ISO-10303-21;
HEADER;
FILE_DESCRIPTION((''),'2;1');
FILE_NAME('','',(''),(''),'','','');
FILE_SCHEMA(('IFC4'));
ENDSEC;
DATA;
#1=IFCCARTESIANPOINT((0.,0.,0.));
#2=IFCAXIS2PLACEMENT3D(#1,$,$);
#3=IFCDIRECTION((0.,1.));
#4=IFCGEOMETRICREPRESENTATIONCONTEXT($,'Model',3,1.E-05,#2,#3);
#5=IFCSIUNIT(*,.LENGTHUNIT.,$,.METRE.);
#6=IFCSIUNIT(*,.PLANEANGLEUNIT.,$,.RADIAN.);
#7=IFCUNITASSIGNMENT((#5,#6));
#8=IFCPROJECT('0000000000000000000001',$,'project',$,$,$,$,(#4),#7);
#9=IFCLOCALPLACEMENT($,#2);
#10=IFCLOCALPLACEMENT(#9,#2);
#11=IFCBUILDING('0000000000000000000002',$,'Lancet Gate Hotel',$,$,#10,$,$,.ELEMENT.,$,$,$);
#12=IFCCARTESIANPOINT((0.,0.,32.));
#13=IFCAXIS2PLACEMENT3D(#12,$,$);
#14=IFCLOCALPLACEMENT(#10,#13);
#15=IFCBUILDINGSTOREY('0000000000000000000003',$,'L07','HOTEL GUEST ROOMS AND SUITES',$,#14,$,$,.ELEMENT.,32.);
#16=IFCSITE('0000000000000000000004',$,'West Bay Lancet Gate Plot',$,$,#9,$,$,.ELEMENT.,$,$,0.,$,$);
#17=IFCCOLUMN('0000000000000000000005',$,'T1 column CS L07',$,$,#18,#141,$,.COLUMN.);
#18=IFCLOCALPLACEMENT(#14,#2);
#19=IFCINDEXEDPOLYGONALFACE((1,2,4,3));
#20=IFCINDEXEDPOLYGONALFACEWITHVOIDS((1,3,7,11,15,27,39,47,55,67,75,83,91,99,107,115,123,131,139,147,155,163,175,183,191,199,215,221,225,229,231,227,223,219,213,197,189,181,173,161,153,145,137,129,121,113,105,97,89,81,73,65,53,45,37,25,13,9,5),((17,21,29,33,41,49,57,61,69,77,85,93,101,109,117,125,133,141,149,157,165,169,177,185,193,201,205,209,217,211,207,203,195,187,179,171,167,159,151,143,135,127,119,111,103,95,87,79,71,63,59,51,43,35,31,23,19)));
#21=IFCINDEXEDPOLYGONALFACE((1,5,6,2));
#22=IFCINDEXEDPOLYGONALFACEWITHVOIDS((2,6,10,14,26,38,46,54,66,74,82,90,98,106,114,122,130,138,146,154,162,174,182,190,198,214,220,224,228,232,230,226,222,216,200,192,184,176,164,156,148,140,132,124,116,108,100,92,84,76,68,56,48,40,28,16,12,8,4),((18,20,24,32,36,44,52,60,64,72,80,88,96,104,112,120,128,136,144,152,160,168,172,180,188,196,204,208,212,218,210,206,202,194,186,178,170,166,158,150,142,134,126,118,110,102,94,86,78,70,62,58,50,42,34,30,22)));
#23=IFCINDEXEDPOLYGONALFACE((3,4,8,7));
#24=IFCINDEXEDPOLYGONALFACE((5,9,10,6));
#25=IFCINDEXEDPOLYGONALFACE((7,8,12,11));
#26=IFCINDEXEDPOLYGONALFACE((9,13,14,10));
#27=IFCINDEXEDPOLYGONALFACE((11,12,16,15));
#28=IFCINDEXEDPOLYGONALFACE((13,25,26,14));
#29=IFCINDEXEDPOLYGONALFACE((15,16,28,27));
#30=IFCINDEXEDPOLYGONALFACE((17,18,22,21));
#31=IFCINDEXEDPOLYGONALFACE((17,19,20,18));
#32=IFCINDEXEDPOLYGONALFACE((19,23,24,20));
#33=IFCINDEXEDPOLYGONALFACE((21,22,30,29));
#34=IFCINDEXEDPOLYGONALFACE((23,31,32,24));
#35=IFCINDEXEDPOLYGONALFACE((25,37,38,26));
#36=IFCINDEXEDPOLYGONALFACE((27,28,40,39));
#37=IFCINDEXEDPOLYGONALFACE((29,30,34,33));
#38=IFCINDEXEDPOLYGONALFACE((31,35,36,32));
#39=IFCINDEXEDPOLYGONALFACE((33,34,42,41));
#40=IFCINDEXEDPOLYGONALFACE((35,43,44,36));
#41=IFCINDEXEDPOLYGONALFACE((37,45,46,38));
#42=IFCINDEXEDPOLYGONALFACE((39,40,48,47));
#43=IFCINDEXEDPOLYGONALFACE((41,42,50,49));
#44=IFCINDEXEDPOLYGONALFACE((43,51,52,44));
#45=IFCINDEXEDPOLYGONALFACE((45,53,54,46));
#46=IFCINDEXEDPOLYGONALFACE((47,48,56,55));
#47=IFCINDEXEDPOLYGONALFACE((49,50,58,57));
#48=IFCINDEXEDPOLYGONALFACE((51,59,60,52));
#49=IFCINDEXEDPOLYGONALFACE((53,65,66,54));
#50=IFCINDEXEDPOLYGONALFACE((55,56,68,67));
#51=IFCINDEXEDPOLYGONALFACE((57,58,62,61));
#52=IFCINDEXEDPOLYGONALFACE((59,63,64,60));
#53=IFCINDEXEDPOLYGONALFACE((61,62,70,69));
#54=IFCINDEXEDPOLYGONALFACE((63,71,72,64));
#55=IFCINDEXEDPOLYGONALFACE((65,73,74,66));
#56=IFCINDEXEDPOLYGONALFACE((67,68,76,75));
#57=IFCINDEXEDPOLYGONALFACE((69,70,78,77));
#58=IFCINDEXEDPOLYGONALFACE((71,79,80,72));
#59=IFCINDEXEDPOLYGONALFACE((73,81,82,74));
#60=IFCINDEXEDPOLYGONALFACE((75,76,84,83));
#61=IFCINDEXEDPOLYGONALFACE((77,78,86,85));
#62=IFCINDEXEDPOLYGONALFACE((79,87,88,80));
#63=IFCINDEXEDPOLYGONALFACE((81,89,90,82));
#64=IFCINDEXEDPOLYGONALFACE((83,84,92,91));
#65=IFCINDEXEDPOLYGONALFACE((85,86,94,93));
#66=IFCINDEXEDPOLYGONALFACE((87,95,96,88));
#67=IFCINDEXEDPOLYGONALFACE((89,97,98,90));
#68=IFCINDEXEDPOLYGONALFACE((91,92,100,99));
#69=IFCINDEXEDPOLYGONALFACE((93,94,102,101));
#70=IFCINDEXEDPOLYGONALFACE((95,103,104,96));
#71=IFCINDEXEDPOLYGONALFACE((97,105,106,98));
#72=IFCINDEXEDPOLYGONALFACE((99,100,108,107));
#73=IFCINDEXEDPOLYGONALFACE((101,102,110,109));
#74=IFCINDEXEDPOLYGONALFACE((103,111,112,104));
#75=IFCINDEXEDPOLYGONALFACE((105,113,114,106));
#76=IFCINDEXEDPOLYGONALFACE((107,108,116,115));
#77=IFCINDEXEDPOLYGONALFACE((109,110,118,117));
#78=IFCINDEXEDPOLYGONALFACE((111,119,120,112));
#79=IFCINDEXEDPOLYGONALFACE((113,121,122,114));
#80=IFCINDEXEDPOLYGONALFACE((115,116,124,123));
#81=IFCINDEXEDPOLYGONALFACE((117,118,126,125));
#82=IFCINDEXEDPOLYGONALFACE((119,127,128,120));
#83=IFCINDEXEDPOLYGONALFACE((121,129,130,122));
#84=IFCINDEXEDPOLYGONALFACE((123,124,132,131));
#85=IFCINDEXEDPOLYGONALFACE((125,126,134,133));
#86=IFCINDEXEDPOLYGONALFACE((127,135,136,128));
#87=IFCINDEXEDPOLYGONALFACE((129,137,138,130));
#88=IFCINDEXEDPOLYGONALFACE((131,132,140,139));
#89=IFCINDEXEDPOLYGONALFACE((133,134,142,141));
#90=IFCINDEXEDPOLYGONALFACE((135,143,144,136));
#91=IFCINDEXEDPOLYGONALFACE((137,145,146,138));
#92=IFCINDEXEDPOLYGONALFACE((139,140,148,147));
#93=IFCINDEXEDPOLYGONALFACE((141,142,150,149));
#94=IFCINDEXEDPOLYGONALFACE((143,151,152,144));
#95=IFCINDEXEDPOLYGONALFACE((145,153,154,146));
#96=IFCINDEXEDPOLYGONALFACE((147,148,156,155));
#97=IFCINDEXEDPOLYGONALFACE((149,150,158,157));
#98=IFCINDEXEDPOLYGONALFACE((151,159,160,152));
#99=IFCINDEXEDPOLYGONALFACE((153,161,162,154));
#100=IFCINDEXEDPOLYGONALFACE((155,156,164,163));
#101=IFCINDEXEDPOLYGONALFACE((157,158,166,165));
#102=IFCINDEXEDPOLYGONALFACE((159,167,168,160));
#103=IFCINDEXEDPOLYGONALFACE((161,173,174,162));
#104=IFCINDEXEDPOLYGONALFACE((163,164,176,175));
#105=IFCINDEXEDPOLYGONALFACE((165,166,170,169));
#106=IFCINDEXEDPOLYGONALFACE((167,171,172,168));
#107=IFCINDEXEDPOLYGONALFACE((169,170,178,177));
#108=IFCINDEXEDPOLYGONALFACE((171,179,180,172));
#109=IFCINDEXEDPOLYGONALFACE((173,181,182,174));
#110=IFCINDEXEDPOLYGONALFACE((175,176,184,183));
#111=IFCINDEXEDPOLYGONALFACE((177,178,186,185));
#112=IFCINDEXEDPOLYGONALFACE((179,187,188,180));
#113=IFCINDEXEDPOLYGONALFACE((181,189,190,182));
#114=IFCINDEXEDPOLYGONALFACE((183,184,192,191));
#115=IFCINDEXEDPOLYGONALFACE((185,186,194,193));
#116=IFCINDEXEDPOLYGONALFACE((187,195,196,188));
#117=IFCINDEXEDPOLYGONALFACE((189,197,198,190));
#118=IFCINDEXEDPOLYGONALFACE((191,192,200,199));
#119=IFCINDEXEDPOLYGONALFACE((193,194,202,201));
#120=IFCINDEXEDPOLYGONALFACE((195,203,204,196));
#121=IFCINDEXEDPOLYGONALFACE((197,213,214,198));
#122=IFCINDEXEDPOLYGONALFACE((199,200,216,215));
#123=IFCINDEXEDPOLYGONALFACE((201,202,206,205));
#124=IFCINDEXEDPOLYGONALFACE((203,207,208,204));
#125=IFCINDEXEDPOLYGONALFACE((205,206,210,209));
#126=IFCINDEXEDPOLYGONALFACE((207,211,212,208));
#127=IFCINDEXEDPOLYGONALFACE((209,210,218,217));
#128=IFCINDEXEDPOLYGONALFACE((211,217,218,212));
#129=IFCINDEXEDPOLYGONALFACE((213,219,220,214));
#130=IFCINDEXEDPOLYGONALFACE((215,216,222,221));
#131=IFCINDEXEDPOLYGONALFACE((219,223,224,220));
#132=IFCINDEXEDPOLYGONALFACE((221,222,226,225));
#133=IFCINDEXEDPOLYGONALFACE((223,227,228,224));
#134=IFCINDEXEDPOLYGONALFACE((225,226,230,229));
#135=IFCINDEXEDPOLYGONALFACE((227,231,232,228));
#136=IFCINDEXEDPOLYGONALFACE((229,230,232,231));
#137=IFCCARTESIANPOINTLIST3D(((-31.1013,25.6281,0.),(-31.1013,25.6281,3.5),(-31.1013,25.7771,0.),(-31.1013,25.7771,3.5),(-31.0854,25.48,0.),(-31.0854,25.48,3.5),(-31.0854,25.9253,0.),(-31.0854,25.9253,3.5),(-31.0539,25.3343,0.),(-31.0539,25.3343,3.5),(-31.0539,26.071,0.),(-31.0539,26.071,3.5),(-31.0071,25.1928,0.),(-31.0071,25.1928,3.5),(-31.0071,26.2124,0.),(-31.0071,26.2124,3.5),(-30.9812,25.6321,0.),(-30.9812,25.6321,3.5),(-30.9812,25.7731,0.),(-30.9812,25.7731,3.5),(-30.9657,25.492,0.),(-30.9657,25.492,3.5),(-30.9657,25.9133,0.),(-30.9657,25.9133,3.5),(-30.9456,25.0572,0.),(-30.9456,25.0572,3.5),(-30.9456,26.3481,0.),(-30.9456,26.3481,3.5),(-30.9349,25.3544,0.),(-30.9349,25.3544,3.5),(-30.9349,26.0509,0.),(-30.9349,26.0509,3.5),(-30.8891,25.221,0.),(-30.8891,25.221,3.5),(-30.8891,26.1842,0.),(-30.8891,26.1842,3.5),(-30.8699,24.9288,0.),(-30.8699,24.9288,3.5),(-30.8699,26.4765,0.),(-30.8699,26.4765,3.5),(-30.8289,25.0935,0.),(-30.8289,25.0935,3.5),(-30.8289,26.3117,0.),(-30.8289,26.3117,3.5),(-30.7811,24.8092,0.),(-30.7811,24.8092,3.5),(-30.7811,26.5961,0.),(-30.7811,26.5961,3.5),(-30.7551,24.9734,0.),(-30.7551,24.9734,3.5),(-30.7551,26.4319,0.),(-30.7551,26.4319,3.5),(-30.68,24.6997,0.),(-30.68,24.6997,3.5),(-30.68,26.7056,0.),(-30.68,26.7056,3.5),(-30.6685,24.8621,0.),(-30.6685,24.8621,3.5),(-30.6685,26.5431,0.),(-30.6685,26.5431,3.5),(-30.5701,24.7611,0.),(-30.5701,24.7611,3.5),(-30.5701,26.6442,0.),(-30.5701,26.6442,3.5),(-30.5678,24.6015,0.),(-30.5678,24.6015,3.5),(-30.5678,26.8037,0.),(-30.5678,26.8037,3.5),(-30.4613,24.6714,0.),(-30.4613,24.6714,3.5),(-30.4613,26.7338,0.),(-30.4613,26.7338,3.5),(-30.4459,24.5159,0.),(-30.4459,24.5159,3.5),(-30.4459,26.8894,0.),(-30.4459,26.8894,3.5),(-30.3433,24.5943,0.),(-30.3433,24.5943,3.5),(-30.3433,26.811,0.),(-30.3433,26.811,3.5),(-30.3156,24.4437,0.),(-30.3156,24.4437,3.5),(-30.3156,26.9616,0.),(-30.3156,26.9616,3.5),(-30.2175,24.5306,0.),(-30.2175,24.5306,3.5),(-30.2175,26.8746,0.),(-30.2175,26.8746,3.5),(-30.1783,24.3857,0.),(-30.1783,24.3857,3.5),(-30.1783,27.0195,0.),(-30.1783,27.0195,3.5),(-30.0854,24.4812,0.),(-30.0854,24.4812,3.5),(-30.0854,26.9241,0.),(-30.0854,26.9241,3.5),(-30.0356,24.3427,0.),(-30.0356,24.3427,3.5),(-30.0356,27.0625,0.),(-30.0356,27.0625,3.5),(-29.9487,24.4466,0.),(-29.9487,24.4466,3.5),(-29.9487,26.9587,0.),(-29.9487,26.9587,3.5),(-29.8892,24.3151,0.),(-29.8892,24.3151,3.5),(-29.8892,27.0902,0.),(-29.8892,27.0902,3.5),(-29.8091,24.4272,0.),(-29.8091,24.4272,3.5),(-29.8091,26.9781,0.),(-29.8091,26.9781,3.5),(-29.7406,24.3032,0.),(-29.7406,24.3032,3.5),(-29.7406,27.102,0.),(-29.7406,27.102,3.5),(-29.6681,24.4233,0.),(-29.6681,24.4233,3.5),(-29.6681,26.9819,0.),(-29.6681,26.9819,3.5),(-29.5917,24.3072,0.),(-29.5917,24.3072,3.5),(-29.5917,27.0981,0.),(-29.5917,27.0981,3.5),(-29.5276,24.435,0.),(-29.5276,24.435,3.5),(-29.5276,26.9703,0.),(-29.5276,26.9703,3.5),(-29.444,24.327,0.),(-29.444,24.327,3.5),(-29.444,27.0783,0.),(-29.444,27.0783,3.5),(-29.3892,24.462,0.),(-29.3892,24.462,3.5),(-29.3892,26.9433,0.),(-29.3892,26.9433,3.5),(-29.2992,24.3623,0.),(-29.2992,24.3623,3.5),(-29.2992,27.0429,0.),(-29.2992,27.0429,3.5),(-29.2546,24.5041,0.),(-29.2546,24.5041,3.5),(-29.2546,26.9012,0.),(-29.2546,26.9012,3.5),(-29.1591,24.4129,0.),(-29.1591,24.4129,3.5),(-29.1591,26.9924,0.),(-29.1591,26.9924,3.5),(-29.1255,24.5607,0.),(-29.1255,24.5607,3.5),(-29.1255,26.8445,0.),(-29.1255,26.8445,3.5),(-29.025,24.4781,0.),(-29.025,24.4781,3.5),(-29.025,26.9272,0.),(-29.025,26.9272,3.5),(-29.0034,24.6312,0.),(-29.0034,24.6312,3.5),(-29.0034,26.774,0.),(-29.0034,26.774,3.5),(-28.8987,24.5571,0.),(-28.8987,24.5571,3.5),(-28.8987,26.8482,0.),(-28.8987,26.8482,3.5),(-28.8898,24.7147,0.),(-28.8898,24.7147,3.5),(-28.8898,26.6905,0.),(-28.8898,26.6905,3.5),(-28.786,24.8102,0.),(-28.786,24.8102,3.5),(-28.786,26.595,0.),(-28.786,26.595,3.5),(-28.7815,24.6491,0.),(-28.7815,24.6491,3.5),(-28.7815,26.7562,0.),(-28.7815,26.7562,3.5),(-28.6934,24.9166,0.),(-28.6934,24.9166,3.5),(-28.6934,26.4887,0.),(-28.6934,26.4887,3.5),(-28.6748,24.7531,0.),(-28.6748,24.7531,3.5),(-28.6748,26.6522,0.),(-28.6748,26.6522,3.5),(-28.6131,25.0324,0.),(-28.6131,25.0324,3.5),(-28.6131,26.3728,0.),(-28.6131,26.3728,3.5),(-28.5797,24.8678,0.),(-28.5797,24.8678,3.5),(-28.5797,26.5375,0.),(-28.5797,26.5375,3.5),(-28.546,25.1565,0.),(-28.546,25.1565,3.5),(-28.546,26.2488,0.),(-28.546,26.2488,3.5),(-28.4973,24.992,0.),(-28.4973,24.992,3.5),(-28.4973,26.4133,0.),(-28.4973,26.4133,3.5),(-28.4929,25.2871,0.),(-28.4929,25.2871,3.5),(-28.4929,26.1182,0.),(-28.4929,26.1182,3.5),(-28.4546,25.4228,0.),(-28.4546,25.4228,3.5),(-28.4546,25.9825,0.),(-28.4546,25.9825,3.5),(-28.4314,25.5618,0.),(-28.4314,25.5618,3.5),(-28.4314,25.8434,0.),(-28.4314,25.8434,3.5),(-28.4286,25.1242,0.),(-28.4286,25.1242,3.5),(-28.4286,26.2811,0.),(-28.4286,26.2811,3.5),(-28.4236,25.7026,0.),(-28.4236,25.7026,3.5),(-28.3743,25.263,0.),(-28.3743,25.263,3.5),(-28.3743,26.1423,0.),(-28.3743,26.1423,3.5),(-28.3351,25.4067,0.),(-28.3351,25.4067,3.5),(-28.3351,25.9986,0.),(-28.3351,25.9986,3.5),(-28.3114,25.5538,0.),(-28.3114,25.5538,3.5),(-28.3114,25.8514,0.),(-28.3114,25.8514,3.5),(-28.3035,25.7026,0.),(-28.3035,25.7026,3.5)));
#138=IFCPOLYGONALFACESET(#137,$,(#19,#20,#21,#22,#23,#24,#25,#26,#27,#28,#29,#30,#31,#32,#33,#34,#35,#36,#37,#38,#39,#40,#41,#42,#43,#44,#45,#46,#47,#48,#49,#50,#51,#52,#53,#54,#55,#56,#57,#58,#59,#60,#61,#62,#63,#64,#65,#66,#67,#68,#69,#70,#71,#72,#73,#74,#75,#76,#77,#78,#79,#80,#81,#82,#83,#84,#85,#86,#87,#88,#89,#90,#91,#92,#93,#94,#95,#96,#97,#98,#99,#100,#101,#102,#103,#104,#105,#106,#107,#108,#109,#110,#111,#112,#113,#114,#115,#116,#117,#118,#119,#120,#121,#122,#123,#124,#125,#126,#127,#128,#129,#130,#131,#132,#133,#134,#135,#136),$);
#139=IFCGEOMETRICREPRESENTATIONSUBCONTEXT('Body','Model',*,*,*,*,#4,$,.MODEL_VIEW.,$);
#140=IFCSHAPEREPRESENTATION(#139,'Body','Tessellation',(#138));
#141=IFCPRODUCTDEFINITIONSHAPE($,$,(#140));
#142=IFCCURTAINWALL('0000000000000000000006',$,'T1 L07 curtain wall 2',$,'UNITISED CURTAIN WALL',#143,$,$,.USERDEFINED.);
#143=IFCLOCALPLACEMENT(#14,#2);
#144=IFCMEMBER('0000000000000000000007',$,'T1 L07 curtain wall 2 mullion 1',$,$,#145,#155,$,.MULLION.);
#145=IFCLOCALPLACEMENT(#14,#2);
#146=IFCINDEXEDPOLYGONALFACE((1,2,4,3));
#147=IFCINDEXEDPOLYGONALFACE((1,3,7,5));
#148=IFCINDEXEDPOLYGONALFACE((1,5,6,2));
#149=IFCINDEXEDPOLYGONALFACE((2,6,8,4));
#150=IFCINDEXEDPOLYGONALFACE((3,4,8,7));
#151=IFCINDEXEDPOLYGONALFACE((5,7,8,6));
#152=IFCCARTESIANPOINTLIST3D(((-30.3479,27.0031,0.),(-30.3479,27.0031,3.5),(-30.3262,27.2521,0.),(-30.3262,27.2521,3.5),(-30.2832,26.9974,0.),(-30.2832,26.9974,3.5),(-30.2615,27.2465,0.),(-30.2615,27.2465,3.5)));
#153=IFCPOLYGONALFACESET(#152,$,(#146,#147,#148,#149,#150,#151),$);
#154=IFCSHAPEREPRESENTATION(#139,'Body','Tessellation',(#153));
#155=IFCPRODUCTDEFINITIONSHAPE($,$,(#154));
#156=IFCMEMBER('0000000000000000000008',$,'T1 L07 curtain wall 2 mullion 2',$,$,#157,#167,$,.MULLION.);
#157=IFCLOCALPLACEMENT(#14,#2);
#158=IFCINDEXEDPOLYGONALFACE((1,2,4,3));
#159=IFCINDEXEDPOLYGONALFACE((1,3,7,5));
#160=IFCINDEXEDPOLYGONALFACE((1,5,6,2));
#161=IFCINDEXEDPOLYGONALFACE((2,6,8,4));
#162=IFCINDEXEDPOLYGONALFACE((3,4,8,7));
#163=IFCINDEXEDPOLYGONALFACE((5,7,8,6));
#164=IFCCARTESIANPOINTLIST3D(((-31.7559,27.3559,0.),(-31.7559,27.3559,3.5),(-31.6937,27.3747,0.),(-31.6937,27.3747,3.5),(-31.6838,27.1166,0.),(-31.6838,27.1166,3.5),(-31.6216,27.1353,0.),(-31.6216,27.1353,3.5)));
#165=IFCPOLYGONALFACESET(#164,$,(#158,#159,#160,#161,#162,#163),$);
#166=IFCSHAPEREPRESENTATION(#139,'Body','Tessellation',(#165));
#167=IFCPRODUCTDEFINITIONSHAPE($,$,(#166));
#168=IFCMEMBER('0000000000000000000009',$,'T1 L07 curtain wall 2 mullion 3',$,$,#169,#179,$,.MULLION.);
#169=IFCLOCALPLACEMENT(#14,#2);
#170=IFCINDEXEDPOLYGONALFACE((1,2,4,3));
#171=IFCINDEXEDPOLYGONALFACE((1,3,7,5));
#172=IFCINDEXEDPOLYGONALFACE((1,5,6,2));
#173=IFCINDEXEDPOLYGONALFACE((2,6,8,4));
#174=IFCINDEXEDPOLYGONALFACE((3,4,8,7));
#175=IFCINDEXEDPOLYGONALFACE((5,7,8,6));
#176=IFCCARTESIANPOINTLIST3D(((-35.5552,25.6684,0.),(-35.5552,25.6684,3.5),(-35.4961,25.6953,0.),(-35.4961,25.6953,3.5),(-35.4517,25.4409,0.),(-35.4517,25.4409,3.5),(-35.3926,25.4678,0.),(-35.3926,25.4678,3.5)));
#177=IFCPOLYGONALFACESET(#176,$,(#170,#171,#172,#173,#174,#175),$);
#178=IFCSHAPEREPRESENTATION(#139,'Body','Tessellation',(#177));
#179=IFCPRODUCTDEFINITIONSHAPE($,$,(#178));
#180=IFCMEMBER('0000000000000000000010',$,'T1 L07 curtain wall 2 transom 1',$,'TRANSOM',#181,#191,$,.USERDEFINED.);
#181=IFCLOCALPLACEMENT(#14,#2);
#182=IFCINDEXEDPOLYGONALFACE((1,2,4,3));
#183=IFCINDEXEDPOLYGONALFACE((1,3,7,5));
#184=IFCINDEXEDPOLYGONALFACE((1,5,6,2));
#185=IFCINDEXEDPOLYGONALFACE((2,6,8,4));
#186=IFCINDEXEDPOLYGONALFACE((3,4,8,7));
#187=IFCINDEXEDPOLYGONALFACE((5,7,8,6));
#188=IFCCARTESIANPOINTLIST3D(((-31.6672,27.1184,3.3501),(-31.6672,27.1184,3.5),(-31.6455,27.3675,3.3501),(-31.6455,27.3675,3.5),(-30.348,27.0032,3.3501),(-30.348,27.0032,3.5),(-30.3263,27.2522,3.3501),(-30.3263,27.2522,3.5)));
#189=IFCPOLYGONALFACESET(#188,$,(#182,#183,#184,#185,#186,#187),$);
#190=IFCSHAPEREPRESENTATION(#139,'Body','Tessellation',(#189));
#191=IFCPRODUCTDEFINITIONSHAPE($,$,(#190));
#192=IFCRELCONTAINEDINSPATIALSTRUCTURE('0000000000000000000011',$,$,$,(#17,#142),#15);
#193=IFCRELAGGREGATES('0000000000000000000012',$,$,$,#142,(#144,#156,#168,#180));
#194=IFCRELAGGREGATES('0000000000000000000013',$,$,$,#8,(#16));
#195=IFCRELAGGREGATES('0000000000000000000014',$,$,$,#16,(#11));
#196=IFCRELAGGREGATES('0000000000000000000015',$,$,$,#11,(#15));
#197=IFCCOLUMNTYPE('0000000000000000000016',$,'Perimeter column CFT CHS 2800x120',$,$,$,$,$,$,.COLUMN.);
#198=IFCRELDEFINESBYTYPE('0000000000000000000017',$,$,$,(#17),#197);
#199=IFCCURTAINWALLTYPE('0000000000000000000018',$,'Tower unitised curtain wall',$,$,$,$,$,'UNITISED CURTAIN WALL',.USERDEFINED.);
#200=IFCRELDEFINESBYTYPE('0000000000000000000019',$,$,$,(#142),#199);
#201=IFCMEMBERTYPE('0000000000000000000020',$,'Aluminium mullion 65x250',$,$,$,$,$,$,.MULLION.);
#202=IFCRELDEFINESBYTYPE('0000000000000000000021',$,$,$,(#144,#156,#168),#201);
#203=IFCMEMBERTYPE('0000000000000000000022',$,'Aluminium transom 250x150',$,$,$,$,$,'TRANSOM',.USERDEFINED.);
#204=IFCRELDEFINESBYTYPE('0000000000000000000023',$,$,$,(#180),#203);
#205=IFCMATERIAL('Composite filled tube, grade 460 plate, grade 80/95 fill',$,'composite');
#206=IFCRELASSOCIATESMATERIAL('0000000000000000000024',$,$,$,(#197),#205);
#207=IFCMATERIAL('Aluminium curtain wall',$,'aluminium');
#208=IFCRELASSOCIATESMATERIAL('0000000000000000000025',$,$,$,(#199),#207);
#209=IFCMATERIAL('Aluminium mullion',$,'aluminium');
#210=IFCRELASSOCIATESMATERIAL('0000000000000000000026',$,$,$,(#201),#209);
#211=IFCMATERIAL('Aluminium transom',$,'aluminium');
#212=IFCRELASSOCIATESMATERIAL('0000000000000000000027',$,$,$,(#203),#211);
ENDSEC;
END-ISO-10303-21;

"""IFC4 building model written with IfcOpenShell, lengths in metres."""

from ifc_helpers import new_model, si_unit, direction, frame, origin, origin_2d, place, context, subcontext, project, spatial, rectangle, hollow_circle, extrude, material, material_profile, profile_set, type_object, element, aggregate, save


model = new_model("IFC4")

# Units and contexts
model_context = context("Model", 3, precision=1e-05, world=origin(), true_north=direction((0.0, 1.0)))
body_context = subcontext(model_context, "Body", "Model", "MODEL_VIEW")
ifc_project = project(units=[si_unit("LENGTHUNIT", "METRE"), si_unit("PLANEANGLEUNIT", "RADIAN")], contexts=[model_context])

# Site, building, storey
site_placement = place(None, origin())
site = spatial("IfcSite", under=ifc_project, at=site_placement, Name="West Bay Lancet Gate Plot", CompositionType="ELEMENT", RefElevation=0.0)
building_placement = place(site_placement, origin())
building = spatial("IfcBuilding", under=site, at=building_placement, Name="Lancet Gate Hotel", CompositionType="ELEMENT")
storey_placement = place(building_placement, frame((0.0, 0.0, 32.0)))
storey = spatial("IfcBuildingStorey", under=building, at=storey_placement, Name="L07", Description="HOTEL GUEST ROOMS AND SUITES", CompositionType="ELEMENT", Elevation=32.0)

# Column
ifc_material_1 = material(Name="Composite filled tube, grade 460 plate, grade 80/95 fill", Category="composite")
ifc_material_profile_1 = material_profile(ifc_material_1, hollow_circle(Radius=1.3999, WallThickness=0.1201, at=origin_2d()), Name="CHS 2800x120")
ifc_profile_set_1 = profile_set([ifc_material_profile_1], Name="Composite filled tube, grade 460 plate, grade 80/95 fill")
column_type = type_object("IfcColumnType", Name="Perimeter column CFT CHS 2800x120", PredefinedType="COLUMN", material=ifc_profile_set_1)
column_placement = place(storey_placement, frame((-29.7034, 25.7026, 0.0), z_axis=(0.0, 0.0, 1.0), x_axis=(1.0, 0.0, 0.0)))
element("IfcColumn", 1, at=column_placement, inside=storey, type_object=column_type, Name="T1 column CS L07", PredefinedType="COLUMN", context=body_context, shape_type="SweptSolid", body=[
    extrude(hollow_circle(Radius=1.3999, WallThickness=0.1201, at=origin_2d()), origin(), (0.0, 0.0, 1.0), 3.5),
])

# Curtain wall, members
ifc_material_2 = material(Name="Aluminium curtain wall", Category="aluminium")
curtain_wall_type = type_object("IfcCurtainWallType", Name="Tower unitised curtain wall", ElementType="UNITISED CURTAIN WALL", PredefinedType="USERDEFINED", material=ifc_material_2)
curtain_wall_placement = place(storey_placement, origin())
curtain_wall = element("IfcCurtainWall", 2, at=curtain_wall_placement, inside=storey, type_object=curtain_wall_type, Name="T1 L07 curtain wall 2", ObjectType="UNITISED CURTAIN WALL", PredefinedType="USERDEFINED")
ifc_material_3 = material(Name="Aluminium mullion", Category="aluminium")
ifc_material_profile_2 = material_profile(ifc_material_3, rectangle(XDim=0.0649, YDim=0.25, at=origin_2d()), Name="MULLION 65x250")
ifc_profile_set_2 = profile_set([ifc_material_profile_2], Name="Aluminium mullion")
member_type_1 = type_object("IfcMemberType", Name="Aluminium mullion 65x250", PredefinedType="MULLION", material=ifc_profile_set_2)
member_1_placement = place(storey_placement, frame((-30.3047, 27.1248, 0.0), z_axis=(0.0, 0.0, 1.0), x_axis=(-0.996204, 0.087052, 0.0)))
member_1 = element("IfcMember", 3, at=member_1_placement, type_object=member_type_1, Name="T1 L07 curtain wall 2 mullion 1", PredefinedType="MULLION", context=body_context, shape_type="SweptSolid", body=[
    extrude(rectangle(XDim=0.0649, YDim=0.25, at=origin_2d()), origin(), (0.0, 0.0, 1.0), 3.5),
])
member_2_placement = place(storey_placement, frame((-31.6887, 27.2456, 0.0), z_axis=(0.0, 0.0, 1.0), x_axis=(-0.957524, -0.288352, 0.0)))
member_2 = element("IfcMember", 4, at=member_2_placement, type_object=member_type_1, Name="T1 L07 curtain wall 2 mullion 2", PredefinedType="MULLION", context=body_context, shape_type="SweptSolid", body=[
    extrude(rectangle(XDim=0.0649, YDim=0.25, at=origin_2d()), origin(), (0.0, 0.0, 1.0), 3.5),
])
member_3_placement = place(storey_placement, frame((-35.4739, 25.5681, 0.0), z_axis=(0.0, 0.0, 1.0), x_axis=(-0.91022, -0.414126, 0.0)))
member_3 = element("IfcMember", 5, at=member_3_placement, type_object=member_type_1, Name="T1 L07 curtain wall 2 mullion 3", PredefinedType="MULLION", context=body_context, shape_type="SweptSolid", body=[
    extrude(rectangle(XDim=0.0649, YDim=0.25, at=origin_2d()), origin(), (0.0, 0.0, 1.0), 3.5),
])
ifc_material_4 = material(Name="Aluminium transom", Category="aluminium")
ifc_material_profile_3 = material_profile(ifc_material_4, rectangle(XDim=0.25, YDim=0.1499, at=origin_2d()), Name="TRANSOM 250x150")
ifc_profile_set_3 = profile_set([ifc_material_profile_3], Name="Aluminium transom")
member_type_2 = type_object("IfcMemberType", Name="Aluminium transom 250x150", ElementType="TRANSOM", PredefinedType="USERDEFINED", material=ifc_profile_set_3)
member_4_placement = place(storey_placement, frame((-30.3372, 27.1277, 3.425), z_axis=(-0.996206, 0.087027, 0.0), x_axis=(-0.087027, -0.996206, 0.0)))
member_4 = element("IfcMember", 6, at=member_4_placement, type_object=member_type_2, Name="T1 L07 curtain wall 2 transom 1", ObjectType="TRANSOM", PredefinedType="USERDEFINED", context=body_context, shape_type="SweptSolid", body=[
    extrude(rectangle(XDim=0.25, YDim=0.1499, at=origin_2d()), origin(), (0.0, 0.0, 1.0), 1.3242),
])

aggregate(curtain_wall, [member_1, member_2, member_3, member_4])

save(model, "model.ifc")
